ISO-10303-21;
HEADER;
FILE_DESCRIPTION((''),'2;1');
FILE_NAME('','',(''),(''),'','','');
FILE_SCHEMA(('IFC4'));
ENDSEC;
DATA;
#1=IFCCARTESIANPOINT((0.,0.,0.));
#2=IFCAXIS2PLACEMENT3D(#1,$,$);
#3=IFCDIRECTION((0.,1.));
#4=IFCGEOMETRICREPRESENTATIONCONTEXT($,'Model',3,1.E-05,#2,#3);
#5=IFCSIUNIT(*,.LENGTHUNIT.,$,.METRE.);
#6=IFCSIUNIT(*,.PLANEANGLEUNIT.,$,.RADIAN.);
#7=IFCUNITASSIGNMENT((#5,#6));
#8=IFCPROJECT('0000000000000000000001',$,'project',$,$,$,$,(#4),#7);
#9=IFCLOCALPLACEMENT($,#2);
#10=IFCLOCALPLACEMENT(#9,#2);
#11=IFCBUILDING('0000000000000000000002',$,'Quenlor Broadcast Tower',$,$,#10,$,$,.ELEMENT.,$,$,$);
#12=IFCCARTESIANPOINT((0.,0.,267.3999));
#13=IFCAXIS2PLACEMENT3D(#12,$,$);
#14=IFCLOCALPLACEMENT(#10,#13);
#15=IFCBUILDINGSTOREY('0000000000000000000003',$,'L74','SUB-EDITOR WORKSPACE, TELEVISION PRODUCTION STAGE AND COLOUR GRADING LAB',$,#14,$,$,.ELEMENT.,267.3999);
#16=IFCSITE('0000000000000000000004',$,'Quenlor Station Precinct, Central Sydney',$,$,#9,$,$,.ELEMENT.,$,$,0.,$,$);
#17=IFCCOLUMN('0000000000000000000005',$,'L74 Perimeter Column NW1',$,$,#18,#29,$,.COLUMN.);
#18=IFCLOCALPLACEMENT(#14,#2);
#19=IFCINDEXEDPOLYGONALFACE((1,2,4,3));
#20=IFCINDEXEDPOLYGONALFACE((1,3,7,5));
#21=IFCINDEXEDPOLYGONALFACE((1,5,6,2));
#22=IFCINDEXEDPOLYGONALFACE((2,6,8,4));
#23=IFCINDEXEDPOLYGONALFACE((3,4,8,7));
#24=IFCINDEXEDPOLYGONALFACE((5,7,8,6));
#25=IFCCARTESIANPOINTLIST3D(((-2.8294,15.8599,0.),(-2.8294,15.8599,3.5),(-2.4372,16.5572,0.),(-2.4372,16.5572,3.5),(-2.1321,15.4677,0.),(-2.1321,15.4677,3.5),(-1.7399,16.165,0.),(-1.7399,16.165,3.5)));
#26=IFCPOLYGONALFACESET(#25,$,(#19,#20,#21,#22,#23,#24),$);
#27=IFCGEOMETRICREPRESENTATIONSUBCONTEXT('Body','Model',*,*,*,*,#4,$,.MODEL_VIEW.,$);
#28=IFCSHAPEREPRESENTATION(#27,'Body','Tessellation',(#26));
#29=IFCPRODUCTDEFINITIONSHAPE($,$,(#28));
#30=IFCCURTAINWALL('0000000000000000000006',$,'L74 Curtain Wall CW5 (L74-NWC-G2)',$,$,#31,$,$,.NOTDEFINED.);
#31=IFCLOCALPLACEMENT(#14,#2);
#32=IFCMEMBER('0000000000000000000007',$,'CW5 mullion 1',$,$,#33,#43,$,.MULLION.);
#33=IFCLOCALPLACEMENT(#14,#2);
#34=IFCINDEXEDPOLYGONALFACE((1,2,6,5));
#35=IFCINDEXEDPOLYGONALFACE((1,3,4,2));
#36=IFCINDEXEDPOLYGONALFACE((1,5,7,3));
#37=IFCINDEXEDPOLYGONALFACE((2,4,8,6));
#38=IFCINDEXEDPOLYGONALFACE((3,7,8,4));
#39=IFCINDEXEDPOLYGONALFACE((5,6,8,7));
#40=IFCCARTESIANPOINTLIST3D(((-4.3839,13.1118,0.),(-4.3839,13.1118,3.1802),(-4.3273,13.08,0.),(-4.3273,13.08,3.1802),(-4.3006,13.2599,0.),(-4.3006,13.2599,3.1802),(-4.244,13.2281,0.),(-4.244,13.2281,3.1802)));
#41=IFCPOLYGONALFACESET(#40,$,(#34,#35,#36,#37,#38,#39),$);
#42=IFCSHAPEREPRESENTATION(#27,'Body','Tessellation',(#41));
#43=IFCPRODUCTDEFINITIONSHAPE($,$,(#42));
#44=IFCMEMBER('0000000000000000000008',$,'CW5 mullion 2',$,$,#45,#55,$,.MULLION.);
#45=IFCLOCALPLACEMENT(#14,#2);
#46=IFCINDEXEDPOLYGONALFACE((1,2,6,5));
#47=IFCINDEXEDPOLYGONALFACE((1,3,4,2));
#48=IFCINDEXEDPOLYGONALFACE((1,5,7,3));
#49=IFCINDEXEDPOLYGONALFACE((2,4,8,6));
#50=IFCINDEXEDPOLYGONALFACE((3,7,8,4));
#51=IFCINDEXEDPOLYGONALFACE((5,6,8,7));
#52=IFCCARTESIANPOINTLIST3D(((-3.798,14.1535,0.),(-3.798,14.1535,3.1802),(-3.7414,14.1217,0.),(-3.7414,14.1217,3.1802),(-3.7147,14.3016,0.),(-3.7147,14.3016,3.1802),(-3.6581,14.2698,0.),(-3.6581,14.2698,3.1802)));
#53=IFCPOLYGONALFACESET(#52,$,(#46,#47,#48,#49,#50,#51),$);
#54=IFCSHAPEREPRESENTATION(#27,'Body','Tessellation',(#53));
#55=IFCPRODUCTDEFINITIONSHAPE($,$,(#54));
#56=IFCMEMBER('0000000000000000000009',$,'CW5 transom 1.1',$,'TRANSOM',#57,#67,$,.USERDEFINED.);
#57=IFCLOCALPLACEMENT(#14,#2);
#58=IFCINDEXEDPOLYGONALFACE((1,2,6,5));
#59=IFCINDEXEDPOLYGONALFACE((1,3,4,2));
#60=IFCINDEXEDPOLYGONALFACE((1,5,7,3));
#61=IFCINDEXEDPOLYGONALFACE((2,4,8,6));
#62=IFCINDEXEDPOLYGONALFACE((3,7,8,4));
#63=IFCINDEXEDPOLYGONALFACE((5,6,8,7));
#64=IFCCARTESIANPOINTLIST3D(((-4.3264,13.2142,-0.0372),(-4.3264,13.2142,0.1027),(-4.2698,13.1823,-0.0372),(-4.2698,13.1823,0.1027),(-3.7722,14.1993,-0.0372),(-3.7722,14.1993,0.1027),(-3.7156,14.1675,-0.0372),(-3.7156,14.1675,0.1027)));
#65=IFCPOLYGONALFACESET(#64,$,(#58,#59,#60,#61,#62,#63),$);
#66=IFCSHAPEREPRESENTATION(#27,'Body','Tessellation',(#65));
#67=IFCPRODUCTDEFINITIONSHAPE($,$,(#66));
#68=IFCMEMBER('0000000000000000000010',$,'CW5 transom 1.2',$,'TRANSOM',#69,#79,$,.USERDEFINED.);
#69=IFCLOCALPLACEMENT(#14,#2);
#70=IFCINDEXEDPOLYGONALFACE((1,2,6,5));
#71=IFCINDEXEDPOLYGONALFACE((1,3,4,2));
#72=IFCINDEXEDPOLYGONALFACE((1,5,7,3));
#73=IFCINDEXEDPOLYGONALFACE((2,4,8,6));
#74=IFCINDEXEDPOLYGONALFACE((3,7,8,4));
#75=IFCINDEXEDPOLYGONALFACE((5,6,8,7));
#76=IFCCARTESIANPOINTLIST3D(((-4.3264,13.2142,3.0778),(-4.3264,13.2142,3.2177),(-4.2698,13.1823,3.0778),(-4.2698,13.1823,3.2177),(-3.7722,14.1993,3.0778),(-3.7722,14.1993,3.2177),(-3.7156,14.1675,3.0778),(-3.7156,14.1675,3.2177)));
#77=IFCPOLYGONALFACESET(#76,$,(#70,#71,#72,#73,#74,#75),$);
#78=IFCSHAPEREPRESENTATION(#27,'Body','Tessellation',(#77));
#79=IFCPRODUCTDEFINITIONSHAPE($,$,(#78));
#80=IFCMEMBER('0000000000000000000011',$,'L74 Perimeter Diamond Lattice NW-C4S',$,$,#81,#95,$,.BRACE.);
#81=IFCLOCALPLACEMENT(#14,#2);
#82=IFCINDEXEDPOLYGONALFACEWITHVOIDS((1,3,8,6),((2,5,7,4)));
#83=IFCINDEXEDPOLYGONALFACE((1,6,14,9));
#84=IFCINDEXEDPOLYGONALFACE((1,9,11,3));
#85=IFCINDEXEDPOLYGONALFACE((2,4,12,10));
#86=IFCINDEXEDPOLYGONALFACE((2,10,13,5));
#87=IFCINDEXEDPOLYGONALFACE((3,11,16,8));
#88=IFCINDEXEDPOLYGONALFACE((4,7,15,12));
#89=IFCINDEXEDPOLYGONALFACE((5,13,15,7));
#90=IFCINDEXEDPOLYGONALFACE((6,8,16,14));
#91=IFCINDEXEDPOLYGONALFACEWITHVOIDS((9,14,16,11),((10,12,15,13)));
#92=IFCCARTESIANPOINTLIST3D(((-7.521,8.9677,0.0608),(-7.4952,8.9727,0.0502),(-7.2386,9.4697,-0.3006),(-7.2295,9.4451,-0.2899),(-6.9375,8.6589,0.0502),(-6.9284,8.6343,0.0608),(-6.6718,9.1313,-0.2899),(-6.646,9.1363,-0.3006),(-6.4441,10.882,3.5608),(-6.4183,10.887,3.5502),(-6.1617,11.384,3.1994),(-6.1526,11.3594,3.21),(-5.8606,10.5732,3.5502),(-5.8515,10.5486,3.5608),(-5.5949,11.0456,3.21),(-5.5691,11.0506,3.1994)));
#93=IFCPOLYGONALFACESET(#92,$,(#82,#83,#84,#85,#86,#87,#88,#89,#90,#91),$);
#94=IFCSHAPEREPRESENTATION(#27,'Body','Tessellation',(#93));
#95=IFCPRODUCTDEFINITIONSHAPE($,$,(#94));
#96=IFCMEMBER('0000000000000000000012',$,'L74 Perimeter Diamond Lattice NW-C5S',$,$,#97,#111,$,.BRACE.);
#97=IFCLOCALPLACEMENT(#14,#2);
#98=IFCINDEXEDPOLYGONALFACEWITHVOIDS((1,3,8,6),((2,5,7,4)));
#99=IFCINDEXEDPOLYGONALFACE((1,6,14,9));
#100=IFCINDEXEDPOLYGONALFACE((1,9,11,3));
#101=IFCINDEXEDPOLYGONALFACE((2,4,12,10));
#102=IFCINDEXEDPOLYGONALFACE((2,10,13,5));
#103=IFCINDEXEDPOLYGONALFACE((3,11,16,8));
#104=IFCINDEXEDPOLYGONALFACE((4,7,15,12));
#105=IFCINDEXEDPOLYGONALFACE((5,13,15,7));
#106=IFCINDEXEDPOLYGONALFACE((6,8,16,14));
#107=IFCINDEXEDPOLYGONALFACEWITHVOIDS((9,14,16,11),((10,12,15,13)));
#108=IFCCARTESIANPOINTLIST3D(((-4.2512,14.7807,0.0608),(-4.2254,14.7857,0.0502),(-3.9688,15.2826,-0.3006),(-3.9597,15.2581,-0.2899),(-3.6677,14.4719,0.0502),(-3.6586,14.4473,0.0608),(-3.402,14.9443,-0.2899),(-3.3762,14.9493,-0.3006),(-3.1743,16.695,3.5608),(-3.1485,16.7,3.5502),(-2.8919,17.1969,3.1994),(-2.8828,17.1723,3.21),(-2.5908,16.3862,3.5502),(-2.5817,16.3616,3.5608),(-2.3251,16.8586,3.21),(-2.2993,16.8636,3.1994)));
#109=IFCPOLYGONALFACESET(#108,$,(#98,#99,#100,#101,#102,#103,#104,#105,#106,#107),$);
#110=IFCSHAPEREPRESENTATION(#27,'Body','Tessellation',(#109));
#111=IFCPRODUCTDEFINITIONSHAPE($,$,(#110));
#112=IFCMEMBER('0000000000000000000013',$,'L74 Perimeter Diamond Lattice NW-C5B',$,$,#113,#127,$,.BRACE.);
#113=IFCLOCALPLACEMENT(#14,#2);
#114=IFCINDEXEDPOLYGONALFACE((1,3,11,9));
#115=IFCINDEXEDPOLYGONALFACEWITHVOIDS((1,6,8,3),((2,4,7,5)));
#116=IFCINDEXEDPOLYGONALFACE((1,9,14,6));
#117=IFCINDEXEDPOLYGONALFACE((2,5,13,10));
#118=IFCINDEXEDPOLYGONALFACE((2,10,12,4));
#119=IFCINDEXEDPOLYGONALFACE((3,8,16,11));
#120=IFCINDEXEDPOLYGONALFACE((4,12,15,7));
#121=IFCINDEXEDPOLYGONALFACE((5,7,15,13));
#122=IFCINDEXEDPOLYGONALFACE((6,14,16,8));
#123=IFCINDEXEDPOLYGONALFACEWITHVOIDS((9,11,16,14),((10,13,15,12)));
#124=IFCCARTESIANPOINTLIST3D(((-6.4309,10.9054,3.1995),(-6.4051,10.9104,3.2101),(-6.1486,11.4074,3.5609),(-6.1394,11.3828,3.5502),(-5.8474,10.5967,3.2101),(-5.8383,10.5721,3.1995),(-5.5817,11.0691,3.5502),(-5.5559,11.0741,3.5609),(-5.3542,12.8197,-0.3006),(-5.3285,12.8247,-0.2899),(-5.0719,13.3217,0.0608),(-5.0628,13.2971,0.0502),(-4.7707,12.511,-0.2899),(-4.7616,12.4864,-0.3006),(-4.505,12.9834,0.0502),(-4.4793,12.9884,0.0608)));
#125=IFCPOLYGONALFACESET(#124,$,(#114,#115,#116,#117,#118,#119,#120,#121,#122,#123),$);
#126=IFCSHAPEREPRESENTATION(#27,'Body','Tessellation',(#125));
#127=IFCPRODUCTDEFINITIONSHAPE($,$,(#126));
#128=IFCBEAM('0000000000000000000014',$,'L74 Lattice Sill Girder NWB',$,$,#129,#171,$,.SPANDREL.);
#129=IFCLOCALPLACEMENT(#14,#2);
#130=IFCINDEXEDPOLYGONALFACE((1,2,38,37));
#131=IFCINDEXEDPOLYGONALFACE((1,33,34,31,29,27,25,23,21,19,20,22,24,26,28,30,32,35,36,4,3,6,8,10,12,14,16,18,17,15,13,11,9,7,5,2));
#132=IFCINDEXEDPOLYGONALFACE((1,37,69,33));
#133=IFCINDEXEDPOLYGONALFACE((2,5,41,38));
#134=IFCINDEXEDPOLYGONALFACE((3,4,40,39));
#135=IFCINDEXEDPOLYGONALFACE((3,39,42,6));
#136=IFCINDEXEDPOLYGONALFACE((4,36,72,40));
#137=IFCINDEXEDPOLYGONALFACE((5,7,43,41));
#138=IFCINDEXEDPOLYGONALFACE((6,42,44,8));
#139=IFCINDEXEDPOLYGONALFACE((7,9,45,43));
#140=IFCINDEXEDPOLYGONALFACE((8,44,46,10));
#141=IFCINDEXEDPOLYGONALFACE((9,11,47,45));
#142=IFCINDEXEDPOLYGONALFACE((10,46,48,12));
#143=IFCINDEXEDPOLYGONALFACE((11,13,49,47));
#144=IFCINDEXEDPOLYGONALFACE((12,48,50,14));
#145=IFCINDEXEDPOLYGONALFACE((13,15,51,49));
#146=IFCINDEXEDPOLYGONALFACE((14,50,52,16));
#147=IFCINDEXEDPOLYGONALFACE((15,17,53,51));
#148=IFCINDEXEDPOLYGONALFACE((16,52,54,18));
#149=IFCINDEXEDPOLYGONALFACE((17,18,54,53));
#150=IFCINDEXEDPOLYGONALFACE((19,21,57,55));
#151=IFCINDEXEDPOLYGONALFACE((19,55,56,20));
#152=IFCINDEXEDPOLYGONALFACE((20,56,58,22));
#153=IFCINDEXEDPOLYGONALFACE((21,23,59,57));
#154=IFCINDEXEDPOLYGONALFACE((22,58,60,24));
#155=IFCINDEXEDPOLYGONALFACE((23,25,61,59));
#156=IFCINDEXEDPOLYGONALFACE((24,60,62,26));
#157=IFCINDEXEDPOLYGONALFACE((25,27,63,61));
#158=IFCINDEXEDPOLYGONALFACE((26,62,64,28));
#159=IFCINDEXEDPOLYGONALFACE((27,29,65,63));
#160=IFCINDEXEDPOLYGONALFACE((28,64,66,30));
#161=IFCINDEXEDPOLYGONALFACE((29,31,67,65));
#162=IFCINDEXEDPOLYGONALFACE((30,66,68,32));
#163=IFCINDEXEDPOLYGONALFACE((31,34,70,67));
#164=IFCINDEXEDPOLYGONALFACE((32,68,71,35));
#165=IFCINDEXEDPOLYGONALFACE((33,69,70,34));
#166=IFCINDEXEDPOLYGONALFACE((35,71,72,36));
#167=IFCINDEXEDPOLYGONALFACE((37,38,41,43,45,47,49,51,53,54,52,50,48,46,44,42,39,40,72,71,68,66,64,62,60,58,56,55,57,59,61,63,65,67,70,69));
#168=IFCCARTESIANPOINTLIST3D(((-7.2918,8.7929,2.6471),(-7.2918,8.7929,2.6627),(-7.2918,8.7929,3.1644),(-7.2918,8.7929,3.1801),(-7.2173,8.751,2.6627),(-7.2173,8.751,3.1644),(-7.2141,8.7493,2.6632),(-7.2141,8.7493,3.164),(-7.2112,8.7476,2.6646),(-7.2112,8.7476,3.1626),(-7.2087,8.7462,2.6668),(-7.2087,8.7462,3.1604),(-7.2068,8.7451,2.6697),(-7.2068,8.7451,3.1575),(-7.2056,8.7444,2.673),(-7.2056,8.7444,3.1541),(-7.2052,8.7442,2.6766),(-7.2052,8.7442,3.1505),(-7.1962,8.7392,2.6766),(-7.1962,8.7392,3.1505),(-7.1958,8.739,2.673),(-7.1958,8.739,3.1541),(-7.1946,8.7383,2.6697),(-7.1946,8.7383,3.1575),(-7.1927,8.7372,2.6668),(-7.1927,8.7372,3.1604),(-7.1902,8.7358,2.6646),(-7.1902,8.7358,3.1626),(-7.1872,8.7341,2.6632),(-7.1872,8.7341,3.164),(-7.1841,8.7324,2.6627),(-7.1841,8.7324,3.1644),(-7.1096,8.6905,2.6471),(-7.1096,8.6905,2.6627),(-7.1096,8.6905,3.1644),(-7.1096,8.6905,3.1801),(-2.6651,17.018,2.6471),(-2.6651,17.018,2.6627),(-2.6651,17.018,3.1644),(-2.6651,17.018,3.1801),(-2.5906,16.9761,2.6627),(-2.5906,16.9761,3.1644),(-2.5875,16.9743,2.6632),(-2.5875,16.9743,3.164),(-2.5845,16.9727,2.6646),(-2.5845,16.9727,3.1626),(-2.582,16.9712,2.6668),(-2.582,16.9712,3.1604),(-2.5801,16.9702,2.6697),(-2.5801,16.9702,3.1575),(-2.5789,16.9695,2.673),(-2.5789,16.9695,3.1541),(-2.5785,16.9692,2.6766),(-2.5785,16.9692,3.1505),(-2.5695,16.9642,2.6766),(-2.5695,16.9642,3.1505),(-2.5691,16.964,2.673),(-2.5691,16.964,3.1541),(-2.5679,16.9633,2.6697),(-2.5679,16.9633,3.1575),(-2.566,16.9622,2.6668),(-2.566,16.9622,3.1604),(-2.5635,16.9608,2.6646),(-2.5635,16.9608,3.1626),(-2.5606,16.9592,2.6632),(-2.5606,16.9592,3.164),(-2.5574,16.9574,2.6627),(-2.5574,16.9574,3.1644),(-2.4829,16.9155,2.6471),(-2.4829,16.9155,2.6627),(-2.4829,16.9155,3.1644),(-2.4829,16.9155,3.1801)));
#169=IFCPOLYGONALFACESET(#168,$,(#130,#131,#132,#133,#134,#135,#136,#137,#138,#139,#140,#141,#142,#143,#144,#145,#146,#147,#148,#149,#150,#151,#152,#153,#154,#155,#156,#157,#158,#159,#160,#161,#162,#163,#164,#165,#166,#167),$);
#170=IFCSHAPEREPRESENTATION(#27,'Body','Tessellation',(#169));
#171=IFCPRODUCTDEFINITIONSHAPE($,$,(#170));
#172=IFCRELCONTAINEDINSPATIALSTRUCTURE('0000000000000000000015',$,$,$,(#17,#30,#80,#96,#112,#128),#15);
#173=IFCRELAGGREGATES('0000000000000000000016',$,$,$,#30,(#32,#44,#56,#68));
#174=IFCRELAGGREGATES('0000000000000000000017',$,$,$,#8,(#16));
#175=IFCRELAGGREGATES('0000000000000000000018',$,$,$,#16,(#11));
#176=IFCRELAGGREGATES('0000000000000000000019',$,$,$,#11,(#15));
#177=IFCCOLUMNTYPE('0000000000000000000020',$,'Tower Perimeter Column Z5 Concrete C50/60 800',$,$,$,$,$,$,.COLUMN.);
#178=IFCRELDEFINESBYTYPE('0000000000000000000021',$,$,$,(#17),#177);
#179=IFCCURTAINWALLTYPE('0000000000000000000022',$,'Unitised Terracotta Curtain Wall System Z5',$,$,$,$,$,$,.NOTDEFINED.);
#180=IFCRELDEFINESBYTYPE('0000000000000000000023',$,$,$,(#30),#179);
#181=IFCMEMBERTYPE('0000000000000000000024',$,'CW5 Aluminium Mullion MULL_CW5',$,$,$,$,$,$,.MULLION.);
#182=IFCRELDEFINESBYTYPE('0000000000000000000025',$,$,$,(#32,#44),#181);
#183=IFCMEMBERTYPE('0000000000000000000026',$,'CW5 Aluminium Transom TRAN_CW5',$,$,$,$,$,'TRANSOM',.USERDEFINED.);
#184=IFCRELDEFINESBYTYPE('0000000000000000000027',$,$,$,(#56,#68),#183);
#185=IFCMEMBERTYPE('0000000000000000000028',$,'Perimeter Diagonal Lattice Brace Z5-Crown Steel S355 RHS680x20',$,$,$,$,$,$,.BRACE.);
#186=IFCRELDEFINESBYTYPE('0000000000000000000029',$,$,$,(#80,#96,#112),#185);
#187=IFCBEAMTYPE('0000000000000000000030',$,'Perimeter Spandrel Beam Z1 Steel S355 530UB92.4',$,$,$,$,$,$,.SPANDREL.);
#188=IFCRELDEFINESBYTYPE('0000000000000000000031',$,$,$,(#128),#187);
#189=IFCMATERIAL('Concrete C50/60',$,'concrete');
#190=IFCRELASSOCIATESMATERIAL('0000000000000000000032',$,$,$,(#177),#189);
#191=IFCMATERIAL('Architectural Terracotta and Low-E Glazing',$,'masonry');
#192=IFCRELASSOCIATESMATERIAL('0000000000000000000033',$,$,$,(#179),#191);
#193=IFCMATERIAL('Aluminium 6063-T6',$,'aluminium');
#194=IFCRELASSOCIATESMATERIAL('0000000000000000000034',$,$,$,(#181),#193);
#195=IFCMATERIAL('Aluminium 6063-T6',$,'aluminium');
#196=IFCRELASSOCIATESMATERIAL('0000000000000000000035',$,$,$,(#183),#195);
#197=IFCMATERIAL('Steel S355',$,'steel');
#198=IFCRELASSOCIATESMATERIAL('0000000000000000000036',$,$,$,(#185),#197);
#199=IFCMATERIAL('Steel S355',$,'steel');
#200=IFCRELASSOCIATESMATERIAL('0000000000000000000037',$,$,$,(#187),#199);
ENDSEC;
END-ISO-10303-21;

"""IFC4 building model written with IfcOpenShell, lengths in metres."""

from ifc_helpers import new_model, si_unit, direction, frame, origin, origin_2d, place, context, subcontext, project, spatial, rectangle, hollow_rectangle, i_section, extrude, material, material_profile, profile_set, type_object, element, aggregate, save


model = new_model("IFC4")

# Units and contexts
model_context = context("Model", 3, precision=1e-05, world=origin(), true_north=direction((0.0, 1.0)))
body_context = subcontext(model_context, "Body", "Model", "MODEL_VIEW")
ifc_project = project(units=[si_unit("LENGTHUNIT", "METRE"), si_unit("PLANEANGLEUNIT", "RADIAN")], contexts=[model_context])

# Site, building, storey
site_placement = place(None, origin())
site = spatial("IfcSite", under=ifc_project, at=site_placement, Name="Quenlor Station Precinct, Central Sydney", CompositionType="ELEMENT", RefElevation=0.0)
building_placement = place(site_placement, origin())
building = spatial("IfcBuilding", under=site, at=building_placement, Name="Quenlor Broadcast Tower", CompositionType="ELEMENT")
storey_placement = place(building_placement, frame((0.0, 0.0, 267.3999)))
storey = spatial("IfcBuildingStorey", under=building, at=storey_placement, Name="L74", Description="SUB-EDITOR WORKSPACE, TELEVISION PRODUCTION STAGE AND COLOUR GRADING LAB", CompositionType="ELEMENT", Elevation=267.3999)

# Column
ifc_material_1 = material(Name="Concrete C50/60", Category="concrete")
ifc_material_profile_1 = material_profile(ifc_material_1, rectangle(XDim=0.8, YDim=0.8, at=origin_2d()))
ifc_profile_set_1 = profile_set([ifc_material_profile_1], Name="Concrete C50/60 RC800x800")
column_type = type_object("IfcColumnType", Name="Tower Perimeter Column Z5 Concrete C50/60 800", PredefinedType="COLUMN", material=ifc_profile_set_1)
column_placement = place(storey_placement, frame((-2.2847, 16.0125, 0.0), z_axis=(0.0, 0.0, 1.0), x_axis=(-0.871575, 0.490262, 0.0)))
element("IfcColumn", 1, at=column_placement, inside=storey, type_object=column_type, Name="L74 Perimeter Column NW1", PredefinedType="COLUMN", context=body_context, shape_type="SweptSolid", body=[
    extrude(rectangle(XDim=0.8, YDim=0.8, at=origin_2d()), origin(), (0.0, 0.0, 1.0), 3.5),
])

# Curtain wall, members
ifc_material_2 = material(Name="Architectural Terracotta and Low-E Glazing", Category="masonry")
curtain_wall_type = type_object("IfcCurtainWallType", Name="Unitised Terracotta Curtain Wall System Z5", PredefinedType="NOTDEFINED", material=ifc_material_2)
curtain_wall_placement = place(storey_placement, origin())
curtain_wall = element("IfcCurtainWall", 2, at=curtain_wall_placement, inside=storey, type_object=curtain_wall_type, Name="L74 Curtain Wall CW5 (L74-NWC-G2)", PredefinedType="NOTDEFINED")
ifc_material_3 = material(Name="Aluminium 6063-T6", Category="aluminium")
ifc_material_profile_2 = material_profile(ifc_material_3, rectangle(XDim=0.0649, YDim=0.1699, at=origin_2d()))
ifc_profile_set_2 = profile_set([ifc_material_profile_2], Name="Aluminium 6063-T6 MULL65x170")
member_type_1 = type_object("IfcMemberType", Name="CW5 Aluminium Mullion MULL_CW5", PredefinedType="MULLION", material=ifc_profile_set_2)
member_1_placement = place(storey_placement, frame((-4.314, 13.1699, 0.0), z_axis=(0.0, 0.0, 1.0), x_axis=(-0.871559, 0.490291, 0.0)))
member_1 = element("IfcMember", 3, at=member_1_placement, type_object=member_type_1, Name="CW5 mullion 1", PredefinedType="MULLION", context=body_context, shape_type="SweptSolid", body=[
    extrude(rectangle(XDim=0.0649, YDim=0.1699, at=origin_2d()), origin(), (0.0, 0.0, 1.0), 3.1802),
])
member_2_placement = place(storey_placement, frame((-3.728, 14.2117, 0.0), z_axis=(0.0, 0.0, 1.0), x_axis=(-0.871559, 0.490291, 0.0)))
member_2 = element("IfcMember", 4, at=member_2_placement, type_object=member_type_1, Name="CW5 mullion 2", PredefinedType="MULLION", context=body_context, shape_type="SweptSolid", body=[
    extrude(rectangle(XDim=0.0649, YDim=0.1699, at=origin_2d()), origin(), (0.0, 0.0, 1.0), 3.1802),
])
ifc_material_4 = material(Name="Aluminium 6063-T6", Category="aluminium")
ifc_material_profile_3 = material_profile(ifc_material_4, rectangle(XDim=0.0649, YDim=0.1399, at=origin_2d()))
ifc_profile_set_3 = profile_set([ifc_material_profile_3], Name="Aluminium 6063-T6 TRAN65x140")
member_type_2 = type_object("IfcMemberType", Name="CW5 Aluminium Transom TRAN_CW5", ElementType="TRANSOM", PredefinedType="USERDEFINED", material=ifc_profile_set_3)
member_3_placement = place(storey_placement, frame((-4.2981, 13.1982, 0.0327), z_axis=(0.490313, 0.871547, 0.0), x_axis=(-0.871547, 0.490313, 0.0)))
member_3 = element("IfcMember", 5, at=member_3_placement, type_object=member_type_2, Name="CW5 transom 1.1", ObjectType="TRANSOM", PredefinedType="USERDEFINED", context=body_context, shape_type="SweptSolid", body=[
    extrude(rectangle(XDim=0.0649, YDim=0.1399, at=origin_2d()), origin(), (0.0, 0.0, 1.0), 1.1304),
])
member_4_placement = place(storey_placement, frame((-4.2981, 13.1982, 3.1477), z_axis=(0.490313, 0.871547, 0.0), x_axis=(-0.871547, 0.490313, 0.0)))
member_4 = element("IfcMember", 6, at=member_4_placement, type_object=member_type_2, Name="CW5 transom 1.2", ObjectType="TRANSOM", PredefinedType="USERDEFINED", context=body_context, shape_type="SweptSolid", body=[
    extrude(rectangle(XDim=0.0649, YDim=0.1399, at=origin_2d()), origin(), (0.0, 0.0, 1.0), 1.1304),
])

# Members
ifc_material_5 = material(Name="Steel S355", Category="steel")
ifc_material_profile_4 = material_profile(ifc_material_5, hollow_rectangle(XDim=0.6799, YDim=0.6799, WallThickness=0.02, at=origin_2d()))
ifc_profile_set_4 = profile_set([ifc_material_profile_4], Name="Steel S355 RHS680x680x20")
member_type_3 = type_object("IfcMemberType", Name="Perimeter Diagonal Lattice Brace Z5-Crown Steel S355 RHS680x20", PredefinedType="BRACE", material=ifc_profile_set_4)
for number, where, z_axis, x_axis, name in (
    (7, (-7.0835, 9.052, -0.1199), (0.260619, 0.463276, 0.847026), (-0.871555, 0.490298, 0.0), "L74 Perimeter Diamond Lattice NW-C4S"),
    (8, (-3.8137, 14.865, -0.1199), (0.260619, 0.463276, 0.847026), (-0.871555, 0.490298, 0.0), "L74 Perimeter Diamond Lattice NW-C5S"),
    (9, (-4.9167, 12.9041, -0.1199), (-0.260564, -0.463283, 0.847039), (0.871602, -0.490214, 0.0), "L74 Perimeter Diamond Lattice NW-C5B"),
):
    element("IfcMember", number, at=place(storey_placement, frame(where, z_axis=z_axis, x_axis=x_axis)), inside=storey, type_object=member_type_3, Name=name, PredefinedType="BRACE", context=body_context, shape_type="SweptSolid", body=[
        extrude(hollow_rectangle(XDim=0.6799, YDim=0.6799, WallThickness=0.02, at=origin_2d()), origin(), (0.0, 0.0, 1.0), 4.1321),
    ])

# Beam
ifc_material_6 = material(Name="Steel S355", Category="steel")
ifc_material_profile_5 = material_profile(ifc_material_6, i_section(OverallWidth=0.209, OverallDepth=0.533, WebThickness=0.0103, FlangeThickness=0.0156, FilletRadius=0.0139, at=origin_2d()))
ifc_profile_set_5 = profile_set([ifc_material_profile_5], Name="Steel S355 530UB92.4")
beam_type_1 = type_object("IfcBeamType", Name="Perimeter Spandrel Beam Z1 Steel S355 530UB92.4", PredefinedType="SPANDREL", material=ifc_profile_set_5)
beam_1_placement = place(storey_placement, frame((-7.2007, 8.7417, 2.9136), z_axis=(0.490269, 0.871571, 0.0), x_axis=(-0.871571, 0.490269, 0.0)))
element("IfcBeam", 10, at=beam_1_placement, inside=storey, type_object=beam_type_1, Name="L74 Lattice Sill Girder NWB", PredefinedType="SPANDREL", context=body_context, shape_type="SweptSolid", body=[
    extrude(i_section(OverallWidth=0.209, OverallDepth=0.533, WebThickness=0.0103, FlangeThickness=0.0156, FilletRadius=0.0139, at=origin_2d()), origin(), (0.0, 0.0, 1.0), 9.437),
])

aggregate(curtain_wall, [member_1, member_2, member_3, member_4])

save(model, "model.ifc")
